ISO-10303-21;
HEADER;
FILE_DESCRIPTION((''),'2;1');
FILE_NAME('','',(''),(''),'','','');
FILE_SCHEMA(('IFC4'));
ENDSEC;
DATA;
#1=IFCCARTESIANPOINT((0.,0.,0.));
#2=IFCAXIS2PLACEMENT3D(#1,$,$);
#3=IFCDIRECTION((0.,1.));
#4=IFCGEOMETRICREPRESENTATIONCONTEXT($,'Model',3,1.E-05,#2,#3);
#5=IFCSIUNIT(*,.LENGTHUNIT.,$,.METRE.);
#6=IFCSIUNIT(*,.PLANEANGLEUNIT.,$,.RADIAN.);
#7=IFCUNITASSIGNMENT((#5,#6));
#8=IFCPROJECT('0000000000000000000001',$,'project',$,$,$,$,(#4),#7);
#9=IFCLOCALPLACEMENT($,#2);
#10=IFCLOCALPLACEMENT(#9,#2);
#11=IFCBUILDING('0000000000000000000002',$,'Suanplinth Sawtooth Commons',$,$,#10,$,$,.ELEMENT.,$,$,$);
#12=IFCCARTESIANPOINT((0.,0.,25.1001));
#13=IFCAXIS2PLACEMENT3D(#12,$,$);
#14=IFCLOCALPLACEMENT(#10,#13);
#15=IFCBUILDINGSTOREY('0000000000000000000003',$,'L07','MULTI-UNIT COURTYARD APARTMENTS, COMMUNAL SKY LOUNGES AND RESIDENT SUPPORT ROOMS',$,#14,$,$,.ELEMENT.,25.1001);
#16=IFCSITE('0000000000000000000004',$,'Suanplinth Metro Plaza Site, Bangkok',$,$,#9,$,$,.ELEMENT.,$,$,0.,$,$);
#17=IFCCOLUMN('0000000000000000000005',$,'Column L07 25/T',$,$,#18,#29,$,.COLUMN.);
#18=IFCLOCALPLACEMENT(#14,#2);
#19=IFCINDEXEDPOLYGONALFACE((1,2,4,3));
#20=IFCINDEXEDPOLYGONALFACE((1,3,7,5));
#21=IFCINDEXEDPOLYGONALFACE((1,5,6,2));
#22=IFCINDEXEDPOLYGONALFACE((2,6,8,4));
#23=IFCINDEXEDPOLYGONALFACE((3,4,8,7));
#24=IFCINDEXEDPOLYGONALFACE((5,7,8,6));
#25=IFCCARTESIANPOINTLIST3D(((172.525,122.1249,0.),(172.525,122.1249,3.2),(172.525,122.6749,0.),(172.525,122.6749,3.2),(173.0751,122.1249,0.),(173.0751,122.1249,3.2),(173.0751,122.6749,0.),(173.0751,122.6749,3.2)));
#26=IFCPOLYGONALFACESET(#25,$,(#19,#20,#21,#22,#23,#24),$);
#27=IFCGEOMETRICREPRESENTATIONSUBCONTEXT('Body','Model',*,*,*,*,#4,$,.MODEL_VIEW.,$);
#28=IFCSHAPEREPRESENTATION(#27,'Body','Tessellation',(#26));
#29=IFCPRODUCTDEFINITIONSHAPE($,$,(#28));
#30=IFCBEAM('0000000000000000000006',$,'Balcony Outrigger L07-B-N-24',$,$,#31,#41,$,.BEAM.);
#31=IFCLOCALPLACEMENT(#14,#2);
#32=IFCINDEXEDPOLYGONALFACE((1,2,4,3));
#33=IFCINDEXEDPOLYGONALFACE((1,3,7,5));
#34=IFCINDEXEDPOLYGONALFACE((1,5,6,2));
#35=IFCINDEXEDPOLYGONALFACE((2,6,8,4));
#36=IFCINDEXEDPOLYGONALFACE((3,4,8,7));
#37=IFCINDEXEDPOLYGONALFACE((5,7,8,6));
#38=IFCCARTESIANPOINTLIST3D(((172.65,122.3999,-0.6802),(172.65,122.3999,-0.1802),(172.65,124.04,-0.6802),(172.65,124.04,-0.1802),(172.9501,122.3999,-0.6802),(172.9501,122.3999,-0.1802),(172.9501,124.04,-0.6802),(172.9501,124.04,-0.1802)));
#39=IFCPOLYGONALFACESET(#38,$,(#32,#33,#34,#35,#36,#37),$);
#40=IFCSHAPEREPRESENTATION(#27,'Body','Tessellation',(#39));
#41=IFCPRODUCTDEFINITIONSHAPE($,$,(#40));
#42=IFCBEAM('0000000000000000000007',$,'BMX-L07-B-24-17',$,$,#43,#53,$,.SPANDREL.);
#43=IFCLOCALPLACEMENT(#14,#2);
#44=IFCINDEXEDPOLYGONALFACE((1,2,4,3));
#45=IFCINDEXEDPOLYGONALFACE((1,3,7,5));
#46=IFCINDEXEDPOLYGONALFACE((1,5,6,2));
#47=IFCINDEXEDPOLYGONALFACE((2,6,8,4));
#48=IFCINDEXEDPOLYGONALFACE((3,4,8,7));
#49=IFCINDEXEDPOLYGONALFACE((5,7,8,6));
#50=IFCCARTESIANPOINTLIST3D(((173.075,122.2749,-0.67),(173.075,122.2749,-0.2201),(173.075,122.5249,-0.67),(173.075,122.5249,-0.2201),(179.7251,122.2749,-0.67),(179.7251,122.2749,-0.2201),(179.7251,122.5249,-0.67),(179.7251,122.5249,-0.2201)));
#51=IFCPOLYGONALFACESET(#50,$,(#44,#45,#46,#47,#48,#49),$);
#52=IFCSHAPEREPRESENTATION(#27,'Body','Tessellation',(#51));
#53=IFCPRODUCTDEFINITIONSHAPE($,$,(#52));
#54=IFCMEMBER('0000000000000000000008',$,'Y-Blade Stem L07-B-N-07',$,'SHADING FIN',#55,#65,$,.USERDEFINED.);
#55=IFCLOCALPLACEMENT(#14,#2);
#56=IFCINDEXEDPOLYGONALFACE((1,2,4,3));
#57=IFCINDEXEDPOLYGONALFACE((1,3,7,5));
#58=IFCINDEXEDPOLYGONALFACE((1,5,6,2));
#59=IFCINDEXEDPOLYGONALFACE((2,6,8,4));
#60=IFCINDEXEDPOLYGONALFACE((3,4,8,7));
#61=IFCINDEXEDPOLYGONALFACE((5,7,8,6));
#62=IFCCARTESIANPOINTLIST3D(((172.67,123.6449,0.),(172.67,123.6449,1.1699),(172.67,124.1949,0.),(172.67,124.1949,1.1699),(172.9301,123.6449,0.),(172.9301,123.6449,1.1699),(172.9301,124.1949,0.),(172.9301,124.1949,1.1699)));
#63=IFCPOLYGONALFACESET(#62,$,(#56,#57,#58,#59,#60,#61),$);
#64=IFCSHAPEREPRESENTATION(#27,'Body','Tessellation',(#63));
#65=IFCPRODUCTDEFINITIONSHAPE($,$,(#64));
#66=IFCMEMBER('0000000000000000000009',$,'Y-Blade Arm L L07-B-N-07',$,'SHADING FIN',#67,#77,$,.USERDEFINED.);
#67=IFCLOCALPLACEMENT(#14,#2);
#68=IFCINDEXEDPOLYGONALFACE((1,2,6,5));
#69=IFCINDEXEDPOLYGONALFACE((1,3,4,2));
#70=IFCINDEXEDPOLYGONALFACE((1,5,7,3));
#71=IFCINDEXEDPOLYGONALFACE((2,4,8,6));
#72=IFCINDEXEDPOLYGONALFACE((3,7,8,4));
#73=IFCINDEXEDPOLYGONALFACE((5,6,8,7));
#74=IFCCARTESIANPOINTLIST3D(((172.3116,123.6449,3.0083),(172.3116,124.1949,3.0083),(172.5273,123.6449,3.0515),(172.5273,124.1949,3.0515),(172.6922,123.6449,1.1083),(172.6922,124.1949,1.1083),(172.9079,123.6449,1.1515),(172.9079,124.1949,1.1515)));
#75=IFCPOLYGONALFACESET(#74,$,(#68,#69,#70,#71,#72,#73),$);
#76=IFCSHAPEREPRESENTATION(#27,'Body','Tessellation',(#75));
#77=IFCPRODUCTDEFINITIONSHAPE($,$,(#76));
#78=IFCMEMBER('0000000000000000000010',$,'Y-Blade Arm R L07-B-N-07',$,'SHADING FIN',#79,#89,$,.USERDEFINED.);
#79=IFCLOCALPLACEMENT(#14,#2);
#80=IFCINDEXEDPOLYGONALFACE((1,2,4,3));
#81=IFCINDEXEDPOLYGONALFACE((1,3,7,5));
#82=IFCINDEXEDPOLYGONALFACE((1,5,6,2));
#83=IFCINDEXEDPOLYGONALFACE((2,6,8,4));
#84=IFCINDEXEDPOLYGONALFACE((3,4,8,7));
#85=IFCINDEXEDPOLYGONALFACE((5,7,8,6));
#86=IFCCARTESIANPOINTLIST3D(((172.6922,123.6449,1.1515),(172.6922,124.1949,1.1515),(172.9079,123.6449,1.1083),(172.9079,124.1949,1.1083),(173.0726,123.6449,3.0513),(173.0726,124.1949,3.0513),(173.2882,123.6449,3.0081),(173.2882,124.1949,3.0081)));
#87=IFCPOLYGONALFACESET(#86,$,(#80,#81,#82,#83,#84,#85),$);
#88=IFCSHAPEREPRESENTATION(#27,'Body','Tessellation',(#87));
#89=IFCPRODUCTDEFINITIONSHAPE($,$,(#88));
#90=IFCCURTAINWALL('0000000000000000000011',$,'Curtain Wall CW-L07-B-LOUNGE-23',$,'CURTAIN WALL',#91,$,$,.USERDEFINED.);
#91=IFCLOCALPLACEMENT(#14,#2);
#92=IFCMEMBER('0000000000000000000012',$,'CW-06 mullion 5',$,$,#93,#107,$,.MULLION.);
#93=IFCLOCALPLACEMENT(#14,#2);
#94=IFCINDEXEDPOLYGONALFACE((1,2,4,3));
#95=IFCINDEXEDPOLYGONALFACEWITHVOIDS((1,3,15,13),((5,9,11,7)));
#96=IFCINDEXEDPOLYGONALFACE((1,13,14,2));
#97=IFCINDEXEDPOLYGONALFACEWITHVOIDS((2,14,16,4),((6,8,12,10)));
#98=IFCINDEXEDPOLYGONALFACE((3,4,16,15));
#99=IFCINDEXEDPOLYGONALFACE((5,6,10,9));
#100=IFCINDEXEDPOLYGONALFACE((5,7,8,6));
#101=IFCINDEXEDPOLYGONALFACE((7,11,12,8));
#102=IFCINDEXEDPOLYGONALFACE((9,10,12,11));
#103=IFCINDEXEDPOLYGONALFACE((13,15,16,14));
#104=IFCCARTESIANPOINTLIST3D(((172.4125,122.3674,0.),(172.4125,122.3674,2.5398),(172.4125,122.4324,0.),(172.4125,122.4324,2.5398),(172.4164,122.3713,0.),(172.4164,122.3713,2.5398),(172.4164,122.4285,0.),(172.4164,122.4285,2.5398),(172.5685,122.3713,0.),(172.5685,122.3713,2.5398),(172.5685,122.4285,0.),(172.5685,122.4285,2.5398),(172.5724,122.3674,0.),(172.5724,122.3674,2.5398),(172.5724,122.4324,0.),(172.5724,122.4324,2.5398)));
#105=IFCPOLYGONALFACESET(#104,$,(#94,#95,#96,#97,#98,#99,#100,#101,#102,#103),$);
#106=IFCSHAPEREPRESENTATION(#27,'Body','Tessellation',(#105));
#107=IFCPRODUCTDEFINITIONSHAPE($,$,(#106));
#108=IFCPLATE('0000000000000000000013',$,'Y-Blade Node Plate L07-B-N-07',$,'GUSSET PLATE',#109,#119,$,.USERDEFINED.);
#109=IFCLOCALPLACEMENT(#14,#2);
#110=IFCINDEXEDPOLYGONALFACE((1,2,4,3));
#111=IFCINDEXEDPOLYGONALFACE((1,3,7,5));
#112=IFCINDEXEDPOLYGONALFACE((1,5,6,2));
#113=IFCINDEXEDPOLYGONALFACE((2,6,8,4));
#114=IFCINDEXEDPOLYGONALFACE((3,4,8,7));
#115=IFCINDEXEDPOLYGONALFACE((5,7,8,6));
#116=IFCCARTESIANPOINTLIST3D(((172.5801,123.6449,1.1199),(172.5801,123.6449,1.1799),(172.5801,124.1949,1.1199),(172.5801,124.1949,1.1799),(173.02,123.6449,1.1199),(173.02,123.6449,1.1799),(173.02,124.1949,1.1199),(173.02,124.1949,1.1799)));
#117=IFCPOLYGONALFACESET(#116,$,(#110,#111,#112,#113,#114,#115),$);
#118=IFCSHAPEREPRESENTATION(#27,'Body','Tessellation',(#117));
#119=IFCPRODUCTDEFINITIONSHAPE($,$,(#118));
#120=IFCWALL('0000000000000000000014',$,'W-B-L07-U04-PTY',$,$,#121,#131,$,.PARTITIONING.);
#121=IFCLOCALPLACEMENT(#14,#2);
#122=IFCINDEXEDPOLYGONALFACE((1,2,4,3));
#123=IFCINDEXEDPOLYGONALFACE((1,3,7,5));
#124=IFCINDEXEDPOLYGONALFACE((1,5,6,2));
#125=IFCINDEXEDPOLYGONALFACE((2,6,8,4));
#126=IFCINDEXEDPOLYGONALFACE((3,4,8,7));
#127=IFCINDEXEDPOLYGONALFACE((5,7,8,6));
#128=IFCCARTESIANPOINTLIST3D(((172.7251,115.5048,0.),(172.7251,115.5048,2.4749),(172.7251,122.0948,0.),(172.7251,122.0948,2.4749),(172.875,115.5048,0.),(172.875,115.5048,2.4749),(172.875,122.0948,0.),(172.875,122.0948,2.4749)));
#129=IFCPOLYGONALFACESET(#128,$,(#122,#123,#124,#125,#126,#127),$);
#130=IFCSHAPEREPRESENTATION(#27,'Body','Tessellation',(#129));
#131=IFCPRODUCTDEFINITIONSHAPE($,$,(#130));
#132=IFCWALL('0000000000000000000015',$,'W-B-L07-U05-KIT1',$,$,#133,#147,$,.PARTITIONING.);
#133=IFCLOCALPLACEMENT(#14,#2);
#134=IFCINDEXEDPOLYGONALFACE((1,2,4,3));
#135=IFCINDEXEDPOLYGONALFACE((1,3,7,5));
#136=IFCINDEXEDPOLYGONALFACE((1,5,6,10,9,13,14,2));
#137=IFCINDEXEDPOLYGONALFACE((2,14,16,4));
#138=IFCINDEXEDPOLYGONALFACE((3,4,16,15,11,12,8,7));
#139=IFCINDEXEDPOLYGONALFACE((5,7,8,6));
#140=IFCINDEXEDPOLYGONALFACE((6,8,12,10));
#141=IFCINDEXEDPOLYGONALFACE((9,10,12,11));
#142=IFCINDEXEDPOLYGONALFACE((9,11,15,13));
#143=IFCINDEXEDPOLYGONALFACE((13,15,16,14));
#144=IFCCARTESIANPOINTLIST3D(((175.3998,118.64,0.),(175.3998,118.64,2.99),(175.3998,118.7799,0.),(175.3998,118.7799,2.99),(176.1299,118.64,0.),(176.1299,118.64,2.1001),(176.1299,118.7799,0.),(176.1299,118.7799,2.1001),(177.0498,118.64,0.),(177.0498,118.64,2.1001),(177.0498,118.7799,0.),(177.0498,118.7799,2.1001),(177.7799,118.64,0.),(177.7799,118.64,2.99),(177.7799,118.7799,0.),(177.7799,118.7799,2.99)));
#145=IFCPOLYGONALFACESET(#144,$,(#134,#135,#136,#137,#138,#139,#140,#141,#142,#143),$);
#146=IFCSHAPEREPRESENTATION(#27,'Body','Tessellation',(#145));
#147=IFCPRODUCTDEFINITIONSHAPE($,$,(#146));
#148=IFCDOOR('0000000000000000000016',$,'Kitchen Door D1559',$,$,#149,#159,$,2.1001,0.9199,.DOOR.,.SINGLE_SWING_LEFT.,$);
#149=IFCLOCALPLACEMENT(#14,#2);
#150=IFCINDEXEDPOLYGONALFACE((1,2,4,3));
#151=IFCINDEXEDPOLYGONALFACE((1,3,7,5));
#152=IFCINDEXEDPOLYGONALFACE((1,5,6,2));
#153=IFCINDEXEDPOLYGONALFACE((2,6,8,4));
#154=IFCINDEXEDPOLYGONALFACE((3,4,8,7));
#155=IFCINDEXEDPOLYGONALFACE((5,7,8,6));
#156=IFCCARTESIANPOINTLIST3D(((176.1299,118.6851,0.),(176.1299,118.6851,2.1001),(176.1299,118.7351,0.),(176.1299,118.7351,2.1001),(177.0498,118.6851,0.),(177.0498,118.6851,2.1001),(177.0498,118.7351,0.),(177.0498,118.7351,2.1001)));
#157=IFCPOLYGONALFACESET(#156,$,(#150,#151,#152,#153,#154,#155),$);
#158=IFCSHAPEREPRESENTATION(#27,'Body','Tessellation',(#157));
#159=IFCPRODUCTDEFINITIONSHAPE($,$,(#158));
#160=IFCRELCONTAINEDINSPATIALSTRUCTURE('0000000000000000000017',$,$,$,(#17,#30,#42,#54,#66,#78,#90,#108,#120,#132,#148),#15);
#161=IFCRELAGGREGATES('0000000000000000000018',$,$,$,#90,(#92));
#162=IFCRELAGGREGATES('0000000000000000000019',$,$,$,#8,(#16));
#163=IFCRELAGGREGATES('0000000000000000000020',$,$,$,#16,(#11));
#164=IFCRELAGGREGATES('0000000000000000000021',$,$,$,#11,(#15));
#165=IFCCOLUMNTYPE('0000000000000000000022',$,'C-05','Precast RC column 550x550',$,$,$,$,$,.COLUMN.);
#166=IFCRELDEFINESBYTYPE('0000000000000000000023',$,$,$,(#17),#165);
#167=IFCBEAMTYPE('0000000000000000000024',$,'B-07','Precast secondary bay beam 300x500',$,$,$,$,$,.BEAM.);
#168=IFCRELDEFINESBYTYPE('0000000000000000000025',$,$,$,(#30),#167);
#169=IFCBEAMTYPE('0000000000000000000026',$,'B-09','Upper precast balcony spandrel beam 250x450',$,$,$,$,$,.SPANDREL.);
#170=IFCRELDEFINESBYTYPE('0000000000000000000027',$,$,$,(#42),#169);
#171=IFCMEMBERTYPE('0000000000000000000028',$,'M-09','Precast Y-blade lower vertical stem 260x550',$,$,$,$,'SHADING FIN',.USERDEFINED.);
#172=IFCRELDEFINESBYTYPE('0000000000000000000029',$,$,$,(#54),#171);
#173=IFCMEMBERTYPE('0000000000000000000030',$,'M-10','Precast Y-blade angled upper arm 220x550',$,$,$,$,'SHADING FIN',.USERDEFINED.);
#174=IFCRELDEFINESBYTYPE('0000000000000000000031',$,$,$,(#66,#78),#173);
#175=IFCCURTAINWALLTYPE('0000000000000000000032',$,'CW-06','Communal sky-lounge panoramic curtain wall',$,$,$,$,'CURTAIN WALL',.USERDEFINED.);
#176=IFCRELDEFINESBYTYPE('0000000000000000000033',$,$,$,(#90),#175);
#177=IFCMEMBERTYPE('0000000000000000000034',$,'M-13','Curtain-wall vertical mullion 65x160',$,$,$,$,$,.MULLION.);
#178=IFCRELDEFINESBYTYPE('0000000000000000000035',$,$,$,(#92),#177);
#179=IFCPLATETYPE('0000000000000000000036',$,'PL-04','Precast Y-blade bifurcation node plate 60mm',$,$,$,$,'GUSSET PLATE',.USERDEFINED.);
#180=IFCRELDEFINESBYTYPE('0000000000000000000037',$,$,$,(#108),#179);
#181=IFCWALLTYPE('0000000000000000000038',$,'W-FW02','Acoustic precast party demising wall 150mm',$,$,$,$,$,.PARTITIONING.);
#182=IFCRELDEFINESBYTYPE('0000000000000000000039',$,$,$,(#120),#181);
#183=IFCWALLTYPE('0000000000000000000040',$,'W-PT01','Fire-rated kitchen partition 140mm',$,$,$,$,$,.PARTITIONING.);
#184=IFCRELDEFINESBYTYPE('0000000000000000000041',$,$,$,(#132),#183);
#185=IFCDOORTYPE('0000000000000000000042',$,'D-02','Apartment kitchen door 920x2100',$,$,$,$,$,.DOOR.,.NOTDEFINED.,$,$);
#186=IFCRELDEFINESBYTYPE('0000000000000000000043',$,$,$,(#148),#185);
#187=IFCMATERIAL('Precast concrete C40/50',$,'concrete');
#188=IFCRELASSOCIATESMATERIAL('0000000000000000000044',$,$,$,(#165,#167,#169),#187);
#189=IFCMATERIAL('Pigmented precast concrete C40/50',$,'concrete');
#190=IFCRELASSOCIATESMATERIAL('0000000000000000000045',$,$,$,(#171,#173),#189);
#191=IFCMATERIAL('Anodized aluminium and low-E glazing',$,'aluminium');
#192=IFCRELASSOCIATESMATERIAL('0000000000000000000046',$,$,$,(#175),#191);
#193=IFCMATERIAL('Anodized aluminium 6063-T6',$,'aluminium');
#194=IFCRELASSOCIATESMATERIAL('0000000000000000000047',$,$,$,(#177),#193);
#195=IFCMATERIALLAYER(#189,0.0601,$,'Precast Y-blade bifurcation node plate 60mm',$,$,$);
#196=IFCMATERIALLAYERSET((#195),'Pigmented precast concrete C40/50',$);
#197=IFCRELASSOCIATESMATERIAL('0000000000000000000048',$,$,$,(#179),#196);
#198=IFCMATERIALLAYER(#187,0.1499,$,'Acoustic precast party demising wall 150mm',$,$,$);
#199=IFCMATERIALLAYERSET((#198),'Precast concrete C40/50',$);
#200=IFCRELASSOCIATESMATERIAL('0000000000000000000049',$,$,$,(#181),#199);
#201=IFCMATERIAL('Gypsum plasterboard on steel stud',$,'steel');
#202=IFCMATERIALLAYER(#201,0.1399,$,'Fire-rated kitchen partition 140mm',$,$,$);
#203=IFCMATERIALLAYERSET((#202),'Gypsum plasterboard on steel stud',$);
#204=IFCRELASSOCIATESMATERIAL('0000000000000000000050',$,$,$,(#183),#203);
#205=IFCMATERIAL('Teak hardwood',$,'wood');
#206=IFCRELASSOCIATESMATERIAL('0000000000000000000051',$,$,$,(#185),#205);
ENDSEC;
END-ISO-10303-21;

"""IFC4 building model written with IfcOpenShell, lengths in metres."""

from ifc_helpers import new_model, si_unit, direction, frame, frame_2d, origin, origin_2d, place, context, subcontext, project, spatial, rectangle, hollow_rectangle, extrude, material, layer, layer_set, material_profile, profile_set, type_object, element, fill, aggregate, save


model = new_model("IFC4")

# Units and contexts
model_context = context("Model", 3, precision=1e-05, world=origin(), true_north=direction((0.0, 1.0)))
body_context = subcontext(model_context, "Body", "Model", "MODEL_VIEW")
ifc_project = project(units=[si_unit("LENGTHUNIT", "METRE"), si_unit("PLANEANGLEUNIT", "RADIAN")], contexts=[model_context])

# Site, building, storey
site_placement = place(None, origin())
site = spatial("IfcSite", under=ifc_project, at=site_placement, Name="Suanplinth Metro Plaza Site, Bangkok", CompositionType="ELEMENT", RefElevation=0.0)
building_placement = place(site_placement, origin())
building = spatial("IfcBuilding", under=site, at=building_placement, Name="Suanplinth Sawtooth Commons", CompositionType="ELEMENT")
storey_placement = place(building_placement, frame((0.0, 0.0, 25.1001)))
storey = spatial("IfcBuildingStorey", under=building, at=storey_placement, Name="L07", Description="MULTI-UNIT COURTYARD APARTMENTS, COMMUNAL SKY LOUNGES AND RESIDENT SUPPORT ROOMS", CompositionType="ELEMENT", Elevation=25.1001)

# Column
ifc_material_1 = material(Name="Precast concrete C40/50", Category="concrete")
ifc_material_profile_1 = material_profile(ifc_material_1, rectangle(XDim=0.55, YDim=0.55, at=origin_2d()), Name="PC-COL 550x550")
ifc_profile_set_1 = profile_set([ifc_material_profile_1], Name="Precast concrete C40/50")
column_type = type_object("IfcColumnType", Name="C-05", Description="Precast RC column 550x550", PredefinedType="COLUMN", material=ifc_profile_set_1)
column_placement = place(storey_placement, frame((172.8, 122.3999, 0.0), z_axis=(0.0, 0.0, 1.0), x_axis=(1.0, 0.0, 0.0)))
element("IfcColumn", 1, at=column_placement, inside=storey, type_object=column_type, Name="Column L07 25/T", PredefinedType="COLUMN", context=body_context, shape_type="SweptSolid", body=[
    extrude(rectangle(XDim=0.55, YDim=0.55, at=origin_2d()), origin(), (0.0, 0.0, 1.0), 3.2),
])

# Beams
ifc_material_profile_2 = material_profile(ifc_material_1, rectangle(XDim=0.3, YDim=0.5, at=origin_2d()), Name="PC-BM 300x500")
ifc_profile_set_2 = profile_set([ifc_material_profile_2], Name="Precast concrete C40/50")
beam_type_1 = type_object("IfcBeamType", Name="B-07", Description="Precast secondary bay beam 300x500", PredefinedType="BEAM", material=ifc_profile_set_2)
beam_1_placement = place(storey_placement, frame((172.8, 122.3999, -0.4302), z_axis=(0.0, 1.0, 0.0), x_axis=(-1.0, 0.0, 0.0)))
element("IfcBeam", 2, at=beam_1_placement, inside=storey, type_object=beam_type_1, Name="Balcony Outrigger L07-B-N-24", PredefinedType="BEAM", context=body_context, shape_type="SweptSolid", body=[
    extrude(rectangle(XDim=0.3, YDim=0.5, at=origin_2d()), origin(), (0.0, 0.0, 1.0), 1.6401),
])
ifc_material_profile_3 = material_profile(ifc_material_1, rectangle(XDim=0.25, YDim=0.45, at=origin_2d()), Name="PC-SP 250x450")
ifc_profile_set_3 = profile_set([ifc_material_profile_3], Name="Precast concrete C40/50")
beam_type_2 = type_object("IfcBeamType", Name="B-09", Description="Upper precast balcony spandrel beam 250x450", PredefinedType="SPANDREL", material=ifc_profile_set_3)
beam_2_placement = place(storey_placement, frame((173.075, 122.3999, -0.4451), z_axis=(1.0, 0.0, 0.0), x_axis=(0.0, 1.0, 0.0)))
element("IfcBeam", 3, at=beam_2_placement, inside=storey, type_object=beam_type_2, Name="BMX-L07-B-24-17", PredefinedType="SPANDREL", context=body_context, shape_type="SweptSolid", body=[
    extrude(rectangle(XDim=0.25, YDim=0.45, at=origin_2d()), origin(), (0.0, 0.0, 1.0), 6.6501),
])

# Members
ifc_material_2 = material(Name="Pigmented precast concrete C40/50", Category="concrete")
ifc_material_profile_4 = material_profile(ifc_material_2, rectangle(XDim=0.26, YDim=0.55, at=origin_2d()), Name="PC-FIN 260x550")
ifc_profile_set_4 = profile_set([ifc_material_profile_4], Name="Pigmented precast concrete C40/50")
member_type_1 = type_object("IfcMemberType", Name="M-09", Description="Precast Y-blade lower vertical stem 260x550", ElementType="SHADING FIN", PredefinedType="USERDEFINED", material=ifc_profile_set_4)
member_1_placement = place(storey_placement, frame((172.8, 123.9199, 0.0), z_axis=(0.0, 0.0, 1.0), x_axis=(1.0, 0.0, 0.0)))
element("IfcMember", 4, at=member_1_placement, inside=storey, type_object=member_type_1, Name="Y-Blade Stem L07-B-N-07", ObjectType="SHADING FIN", PredefinedType="USERDEFINED", context=body_context, shape_type="SweptSolid", body=[
    extrude(rectangle(XDim=0.26, YDim=0.55, at=origin_2d()), origin(), (0.0, 0.0, 1.0), 1.1699),
])
ifc_material_profile_5 = material_profile(ifc_material_2, rectangle(XDim=0.22, YDim=0.55, at=origin_2d()), Name="PC-FIN 220x550")
ifc_profile_set_5 = profile_set([ifc_material_profile_5], Name="Pigmented precast concrete C40/50")
member_type_2 = type_object("IfcMemberType", Name="M-10", Description="Precast Y-blade angled upper arm 220x550", ElementType="SHADING FIN", PredefinedType="USERDEFINED", material=ifc_profile_set_5)
member_2_placement = place(storey_placement, frame((172.8, 123.9199, 1.1299), z_axis=(-0.196431, 0.0, 0.980518), x_axis=(0.980518, 0.0, 0.196431)))
element("IfcMember", 5, at=member_2_placement, inside=storey, type_object=member_type_2, Name="Y-Blade Arm L L07-B-N-07", ObjectType="SHADING FIN", PredefinedType="USERDEFINED", context=body_context, shape_type="SweptSolid", body=[
    extrude(rectangle(XDim=0.22, YDim=0.55, at=origin_2d()), origin(), (0.0, 0.0, 1.0), 1.9377),
])
member_3_placement = place(storey_placement, frame((172.8, 123.9199, 1.1299), z_axis=(0.19631, 0.0, 0.980542), x_axis=(-0.980542, 0.0, 0.19631)))
element("IfcMember", 6, at=member_3_placement, inside=storey, type_object=member_type_2, Name="Y-Blade Arm R L07-B-N-07", ObjectType="SHADING FIN", PredefinedType="USERDEFINED", context=body_context, shape_type="SweptSolid", body=[
    extrude(rectangle(XDim=0.22, YDim=0.55, at=origin_2d()), origin(), (0.0, 0.0, 1.0), 1.9375),
])

# Curtain wall, member
ifc_material_3 = material(Name="Anodized aluminium and low-E glazing", Category="aluminium")
curtain_wall_type = type_object("IfcCurtainWallType", Name="CW-06", Description="Communal sky-lounge panoramic curtain wall", ElementType="CURTAIN WALL", PredefinedType="USERDEFINED", material=ifc_material_3)
curtain_wall_placement = place(storey_placement, origin())
curtain_wall = element("IfcCurtainWall", 7, at=curtain_wall_placement, inside=storey, type_object=curtain_wall_type, Name="Curtain Wall CW-L07-B-LOUNGE-23", ObjectType="CURTAIN WALL", PredefinedType="USERDEFINED")
ifc_material_4 = material(Name="Anodized aluminium 6063-T6", Category="aluminium")
ifc_material_profile_6 = material_profile(ifc_material_4, hollow_rectangle(XDim=0.0649, YDim=0.1599, WallThickness=0.0039, at=origin_2d()), Name="ALU-MUL 65x160")
ifc_profile_set_6 = profile_set([ifc_material_profile_6], Name="Anodized aluminium 6063-T6")
member_type_3 = type_object("IfcMemberType", Name="M-13", Description="Curtain-wall vertical mullion 65x160", PredefinedType="MULLION", material=ifc_profile_set_6)
member_4_placement = place(storey_placement, frame((172.4924, 122.3999, 0.0), z_axis=(0.0, 0.0, 1.0), x_axis=(0.0, 1.0, 0.0)))
member_4 = element("IfcMember", 8, at=member_4_placement, type_object=member_type_3, Name="CW-06 mullion 5", PredefinedType="MULLION", context=body_context, shape_type="SweptSolid", body=[
    extrude(hollow_rectangle(XDim=0.0649, YDim=0.1599, WallThickness=0.0039, at=origin_2d()), origin(), (0.0, 0.0, 1.0), 2.5398),
])
aggregate(curtain_wall, [member_4])

# Plate
ifc_layer_1 = layer(ifc_material_2, 0.0601, Name="Precast Y-blade bifurcation node plate 60mm")
ifc_layer_set_1 = layer_set([ifc_layer_1], Name="Pigmented precast concrete C40/50")
plate_type = type_object("IfcPlateType", Name="PL-04", Description="Precast Y-blade bifurcation node plate 60mm", ElementType="GUSSET PLATE", PredefinedType="USERDEFINED", material=ifc_layer_set_1)
plate_placement = place(storey_placement, frame((172.8, 123.9199, 1.1199), z_axis=(0.0, 0.0, 1.0), x_axis=(1.0, 0.0, 0.0)))
element("IfcPlate", 9, at=plate_placement, inside=storey, type_object=plate_type, Name="Y-Blade Node Plate L07-B-N-07", ObjectType="GUSSET PLATE", PredefinedType="USERDEFINED", context=body_context, shape_type="SweptSolid", body=[
    extrude(rectangle(XDim=0.4399, YDim=0.55, at=origin_2d()), origin(), (0.0, 0.0, 1.0), 0.0601),
])

# Wall
ifc_layer_2 = layer(ifc_material_1, 0.1499, Name="Acoustic precast party demising wall 150mm")
ifc_layer_set_2 = layer_set([ifc_layer_2], Name="Precast concrete C40/50")
wall_type_1 = type_object("IfcWallType", Name="W-FW02", Description="Acoustic precast party demising wall 150mm", PredefinedType="PARTITIONING", material=ifc_layer_set_2)
wall_1_placement = place(storey_placement, frame((172.8, 115.5049, 0.0), z_axis=(0.0, 0.0, 1.0), x_axis=(0.0, 1.0, 0.0)))
element("IfcWall", 10, at=wall_1_placement, inside=storey, type_object=wall_type_1, Name="W-B-L07-U04-PTY", PredefinedType="PARTITIONING", context=body_context, shape_type="SweptSolid", body=[
    extrude(rectangle(XDim=6.5901, YDim=0.1499, at=frame_2d((3.2949, 0.0))), origin(), (0.0, 0.0, 1.0), 2.4749),
])

# Wall, opening, door
ifc_material_5 = material(Name="Gypsum plasterboard on steel stud", Category="steel")
ifc_layer_3 = layer(ifc_material_5, 0.1399, Name="Fire-rated kitchen partition 140mm")
ifc_layer_set_3 = layer_set([ifc_layer_3], Name="Gypsum plasterboard on steel stud")
wall_type_2 = type_object("IfcWallType", Name="W-PT01", Description="Fire-rated kitchen partition 140mm", PredefinedType="PARTITIONING", material=ifc_layer_set_3)
wall_2_placement = place(storey_placement, frame((175.3999, 118.71, 0.0), z_axis=(0.0, 0.0, 1.0), x_axis=(1.0, 0.0, 0.0)))
wall_2 = element("IfcWall", 11, at=wall_2_placement, inside=storey, type_object=wall_type_2, Name="W-B-L07-U05-KIT1", PredefinedType="PARTITIONING", context=body_context, shape_type="SweptSolid", body=[
    extrude(rectangle(XDim=2.3801, YDim=0.1399, at=frame_2d((1.1899, 0.0))), origin(), (0.0, 0.0, 1.0), 2.99),
])
opening_1_placement = place(wall_2_placement, frame((0.73, 0.0, 0.0)))
opening_1 = element("IfcOpeningElement", 12, at=opening_1_placement, cuts=wall_2, PredefinedType="OPENING", context=body_context, shape_type="SweptSolid", body=[
    extrude(rectangle(XDim=0.9199, YDim=2.1001, at=frame_2d((0.46, 1.05))), frame((0.0, 0.085, 0.0), z_axis=(0.0, -1.0, 0.0), x_axis=(1.0, 0.0, 0.0)), (0.0, 0.0, 1.0), 0.1697),
])
ifc_material_6 = material(Name="Teak hardwood", Category="wood")
door_type_1 = type_object("IfcDoorType", Name="D-02", Description="Apartment kitchen door 920x2100", OperationType="NOTDEFINED", PredefinedType="DOOR", material=ifc_material_6)
door_1_placement = place(opening_1_placement, frame((0.9199, 0.0, 0.0), z_axis=(0.0, 0.0, 1.0), x_axis=(-1.0, 0.0, 0.0)))
door_1 = element("IfcDoor", 13, at=door_1_placement, inside=storey, type_object=door_type_1, Name="Kitchen Door D1559", OperationType="SINGLE_SWING_LEFT", OverallHeight=2.1001, OverallWidth=0.9199, PredefinedType="DOOR", context=body_context, shape_type="SweptSolid", body=[
    extrude(rectangle(XDim=0.9199, YDim=2.1001, at=frame_2d((0.46, 1.05))), frame((0.0, 0.0249, 0.0), z_axis=(0.0, -1.0, 0.0), x_axis=(1.0, 0.0, 0.0)), (0.0, 0.0, 1.0), 0.05),
])
fill(opening_1, door_1)

save(model, "model.ifc")
